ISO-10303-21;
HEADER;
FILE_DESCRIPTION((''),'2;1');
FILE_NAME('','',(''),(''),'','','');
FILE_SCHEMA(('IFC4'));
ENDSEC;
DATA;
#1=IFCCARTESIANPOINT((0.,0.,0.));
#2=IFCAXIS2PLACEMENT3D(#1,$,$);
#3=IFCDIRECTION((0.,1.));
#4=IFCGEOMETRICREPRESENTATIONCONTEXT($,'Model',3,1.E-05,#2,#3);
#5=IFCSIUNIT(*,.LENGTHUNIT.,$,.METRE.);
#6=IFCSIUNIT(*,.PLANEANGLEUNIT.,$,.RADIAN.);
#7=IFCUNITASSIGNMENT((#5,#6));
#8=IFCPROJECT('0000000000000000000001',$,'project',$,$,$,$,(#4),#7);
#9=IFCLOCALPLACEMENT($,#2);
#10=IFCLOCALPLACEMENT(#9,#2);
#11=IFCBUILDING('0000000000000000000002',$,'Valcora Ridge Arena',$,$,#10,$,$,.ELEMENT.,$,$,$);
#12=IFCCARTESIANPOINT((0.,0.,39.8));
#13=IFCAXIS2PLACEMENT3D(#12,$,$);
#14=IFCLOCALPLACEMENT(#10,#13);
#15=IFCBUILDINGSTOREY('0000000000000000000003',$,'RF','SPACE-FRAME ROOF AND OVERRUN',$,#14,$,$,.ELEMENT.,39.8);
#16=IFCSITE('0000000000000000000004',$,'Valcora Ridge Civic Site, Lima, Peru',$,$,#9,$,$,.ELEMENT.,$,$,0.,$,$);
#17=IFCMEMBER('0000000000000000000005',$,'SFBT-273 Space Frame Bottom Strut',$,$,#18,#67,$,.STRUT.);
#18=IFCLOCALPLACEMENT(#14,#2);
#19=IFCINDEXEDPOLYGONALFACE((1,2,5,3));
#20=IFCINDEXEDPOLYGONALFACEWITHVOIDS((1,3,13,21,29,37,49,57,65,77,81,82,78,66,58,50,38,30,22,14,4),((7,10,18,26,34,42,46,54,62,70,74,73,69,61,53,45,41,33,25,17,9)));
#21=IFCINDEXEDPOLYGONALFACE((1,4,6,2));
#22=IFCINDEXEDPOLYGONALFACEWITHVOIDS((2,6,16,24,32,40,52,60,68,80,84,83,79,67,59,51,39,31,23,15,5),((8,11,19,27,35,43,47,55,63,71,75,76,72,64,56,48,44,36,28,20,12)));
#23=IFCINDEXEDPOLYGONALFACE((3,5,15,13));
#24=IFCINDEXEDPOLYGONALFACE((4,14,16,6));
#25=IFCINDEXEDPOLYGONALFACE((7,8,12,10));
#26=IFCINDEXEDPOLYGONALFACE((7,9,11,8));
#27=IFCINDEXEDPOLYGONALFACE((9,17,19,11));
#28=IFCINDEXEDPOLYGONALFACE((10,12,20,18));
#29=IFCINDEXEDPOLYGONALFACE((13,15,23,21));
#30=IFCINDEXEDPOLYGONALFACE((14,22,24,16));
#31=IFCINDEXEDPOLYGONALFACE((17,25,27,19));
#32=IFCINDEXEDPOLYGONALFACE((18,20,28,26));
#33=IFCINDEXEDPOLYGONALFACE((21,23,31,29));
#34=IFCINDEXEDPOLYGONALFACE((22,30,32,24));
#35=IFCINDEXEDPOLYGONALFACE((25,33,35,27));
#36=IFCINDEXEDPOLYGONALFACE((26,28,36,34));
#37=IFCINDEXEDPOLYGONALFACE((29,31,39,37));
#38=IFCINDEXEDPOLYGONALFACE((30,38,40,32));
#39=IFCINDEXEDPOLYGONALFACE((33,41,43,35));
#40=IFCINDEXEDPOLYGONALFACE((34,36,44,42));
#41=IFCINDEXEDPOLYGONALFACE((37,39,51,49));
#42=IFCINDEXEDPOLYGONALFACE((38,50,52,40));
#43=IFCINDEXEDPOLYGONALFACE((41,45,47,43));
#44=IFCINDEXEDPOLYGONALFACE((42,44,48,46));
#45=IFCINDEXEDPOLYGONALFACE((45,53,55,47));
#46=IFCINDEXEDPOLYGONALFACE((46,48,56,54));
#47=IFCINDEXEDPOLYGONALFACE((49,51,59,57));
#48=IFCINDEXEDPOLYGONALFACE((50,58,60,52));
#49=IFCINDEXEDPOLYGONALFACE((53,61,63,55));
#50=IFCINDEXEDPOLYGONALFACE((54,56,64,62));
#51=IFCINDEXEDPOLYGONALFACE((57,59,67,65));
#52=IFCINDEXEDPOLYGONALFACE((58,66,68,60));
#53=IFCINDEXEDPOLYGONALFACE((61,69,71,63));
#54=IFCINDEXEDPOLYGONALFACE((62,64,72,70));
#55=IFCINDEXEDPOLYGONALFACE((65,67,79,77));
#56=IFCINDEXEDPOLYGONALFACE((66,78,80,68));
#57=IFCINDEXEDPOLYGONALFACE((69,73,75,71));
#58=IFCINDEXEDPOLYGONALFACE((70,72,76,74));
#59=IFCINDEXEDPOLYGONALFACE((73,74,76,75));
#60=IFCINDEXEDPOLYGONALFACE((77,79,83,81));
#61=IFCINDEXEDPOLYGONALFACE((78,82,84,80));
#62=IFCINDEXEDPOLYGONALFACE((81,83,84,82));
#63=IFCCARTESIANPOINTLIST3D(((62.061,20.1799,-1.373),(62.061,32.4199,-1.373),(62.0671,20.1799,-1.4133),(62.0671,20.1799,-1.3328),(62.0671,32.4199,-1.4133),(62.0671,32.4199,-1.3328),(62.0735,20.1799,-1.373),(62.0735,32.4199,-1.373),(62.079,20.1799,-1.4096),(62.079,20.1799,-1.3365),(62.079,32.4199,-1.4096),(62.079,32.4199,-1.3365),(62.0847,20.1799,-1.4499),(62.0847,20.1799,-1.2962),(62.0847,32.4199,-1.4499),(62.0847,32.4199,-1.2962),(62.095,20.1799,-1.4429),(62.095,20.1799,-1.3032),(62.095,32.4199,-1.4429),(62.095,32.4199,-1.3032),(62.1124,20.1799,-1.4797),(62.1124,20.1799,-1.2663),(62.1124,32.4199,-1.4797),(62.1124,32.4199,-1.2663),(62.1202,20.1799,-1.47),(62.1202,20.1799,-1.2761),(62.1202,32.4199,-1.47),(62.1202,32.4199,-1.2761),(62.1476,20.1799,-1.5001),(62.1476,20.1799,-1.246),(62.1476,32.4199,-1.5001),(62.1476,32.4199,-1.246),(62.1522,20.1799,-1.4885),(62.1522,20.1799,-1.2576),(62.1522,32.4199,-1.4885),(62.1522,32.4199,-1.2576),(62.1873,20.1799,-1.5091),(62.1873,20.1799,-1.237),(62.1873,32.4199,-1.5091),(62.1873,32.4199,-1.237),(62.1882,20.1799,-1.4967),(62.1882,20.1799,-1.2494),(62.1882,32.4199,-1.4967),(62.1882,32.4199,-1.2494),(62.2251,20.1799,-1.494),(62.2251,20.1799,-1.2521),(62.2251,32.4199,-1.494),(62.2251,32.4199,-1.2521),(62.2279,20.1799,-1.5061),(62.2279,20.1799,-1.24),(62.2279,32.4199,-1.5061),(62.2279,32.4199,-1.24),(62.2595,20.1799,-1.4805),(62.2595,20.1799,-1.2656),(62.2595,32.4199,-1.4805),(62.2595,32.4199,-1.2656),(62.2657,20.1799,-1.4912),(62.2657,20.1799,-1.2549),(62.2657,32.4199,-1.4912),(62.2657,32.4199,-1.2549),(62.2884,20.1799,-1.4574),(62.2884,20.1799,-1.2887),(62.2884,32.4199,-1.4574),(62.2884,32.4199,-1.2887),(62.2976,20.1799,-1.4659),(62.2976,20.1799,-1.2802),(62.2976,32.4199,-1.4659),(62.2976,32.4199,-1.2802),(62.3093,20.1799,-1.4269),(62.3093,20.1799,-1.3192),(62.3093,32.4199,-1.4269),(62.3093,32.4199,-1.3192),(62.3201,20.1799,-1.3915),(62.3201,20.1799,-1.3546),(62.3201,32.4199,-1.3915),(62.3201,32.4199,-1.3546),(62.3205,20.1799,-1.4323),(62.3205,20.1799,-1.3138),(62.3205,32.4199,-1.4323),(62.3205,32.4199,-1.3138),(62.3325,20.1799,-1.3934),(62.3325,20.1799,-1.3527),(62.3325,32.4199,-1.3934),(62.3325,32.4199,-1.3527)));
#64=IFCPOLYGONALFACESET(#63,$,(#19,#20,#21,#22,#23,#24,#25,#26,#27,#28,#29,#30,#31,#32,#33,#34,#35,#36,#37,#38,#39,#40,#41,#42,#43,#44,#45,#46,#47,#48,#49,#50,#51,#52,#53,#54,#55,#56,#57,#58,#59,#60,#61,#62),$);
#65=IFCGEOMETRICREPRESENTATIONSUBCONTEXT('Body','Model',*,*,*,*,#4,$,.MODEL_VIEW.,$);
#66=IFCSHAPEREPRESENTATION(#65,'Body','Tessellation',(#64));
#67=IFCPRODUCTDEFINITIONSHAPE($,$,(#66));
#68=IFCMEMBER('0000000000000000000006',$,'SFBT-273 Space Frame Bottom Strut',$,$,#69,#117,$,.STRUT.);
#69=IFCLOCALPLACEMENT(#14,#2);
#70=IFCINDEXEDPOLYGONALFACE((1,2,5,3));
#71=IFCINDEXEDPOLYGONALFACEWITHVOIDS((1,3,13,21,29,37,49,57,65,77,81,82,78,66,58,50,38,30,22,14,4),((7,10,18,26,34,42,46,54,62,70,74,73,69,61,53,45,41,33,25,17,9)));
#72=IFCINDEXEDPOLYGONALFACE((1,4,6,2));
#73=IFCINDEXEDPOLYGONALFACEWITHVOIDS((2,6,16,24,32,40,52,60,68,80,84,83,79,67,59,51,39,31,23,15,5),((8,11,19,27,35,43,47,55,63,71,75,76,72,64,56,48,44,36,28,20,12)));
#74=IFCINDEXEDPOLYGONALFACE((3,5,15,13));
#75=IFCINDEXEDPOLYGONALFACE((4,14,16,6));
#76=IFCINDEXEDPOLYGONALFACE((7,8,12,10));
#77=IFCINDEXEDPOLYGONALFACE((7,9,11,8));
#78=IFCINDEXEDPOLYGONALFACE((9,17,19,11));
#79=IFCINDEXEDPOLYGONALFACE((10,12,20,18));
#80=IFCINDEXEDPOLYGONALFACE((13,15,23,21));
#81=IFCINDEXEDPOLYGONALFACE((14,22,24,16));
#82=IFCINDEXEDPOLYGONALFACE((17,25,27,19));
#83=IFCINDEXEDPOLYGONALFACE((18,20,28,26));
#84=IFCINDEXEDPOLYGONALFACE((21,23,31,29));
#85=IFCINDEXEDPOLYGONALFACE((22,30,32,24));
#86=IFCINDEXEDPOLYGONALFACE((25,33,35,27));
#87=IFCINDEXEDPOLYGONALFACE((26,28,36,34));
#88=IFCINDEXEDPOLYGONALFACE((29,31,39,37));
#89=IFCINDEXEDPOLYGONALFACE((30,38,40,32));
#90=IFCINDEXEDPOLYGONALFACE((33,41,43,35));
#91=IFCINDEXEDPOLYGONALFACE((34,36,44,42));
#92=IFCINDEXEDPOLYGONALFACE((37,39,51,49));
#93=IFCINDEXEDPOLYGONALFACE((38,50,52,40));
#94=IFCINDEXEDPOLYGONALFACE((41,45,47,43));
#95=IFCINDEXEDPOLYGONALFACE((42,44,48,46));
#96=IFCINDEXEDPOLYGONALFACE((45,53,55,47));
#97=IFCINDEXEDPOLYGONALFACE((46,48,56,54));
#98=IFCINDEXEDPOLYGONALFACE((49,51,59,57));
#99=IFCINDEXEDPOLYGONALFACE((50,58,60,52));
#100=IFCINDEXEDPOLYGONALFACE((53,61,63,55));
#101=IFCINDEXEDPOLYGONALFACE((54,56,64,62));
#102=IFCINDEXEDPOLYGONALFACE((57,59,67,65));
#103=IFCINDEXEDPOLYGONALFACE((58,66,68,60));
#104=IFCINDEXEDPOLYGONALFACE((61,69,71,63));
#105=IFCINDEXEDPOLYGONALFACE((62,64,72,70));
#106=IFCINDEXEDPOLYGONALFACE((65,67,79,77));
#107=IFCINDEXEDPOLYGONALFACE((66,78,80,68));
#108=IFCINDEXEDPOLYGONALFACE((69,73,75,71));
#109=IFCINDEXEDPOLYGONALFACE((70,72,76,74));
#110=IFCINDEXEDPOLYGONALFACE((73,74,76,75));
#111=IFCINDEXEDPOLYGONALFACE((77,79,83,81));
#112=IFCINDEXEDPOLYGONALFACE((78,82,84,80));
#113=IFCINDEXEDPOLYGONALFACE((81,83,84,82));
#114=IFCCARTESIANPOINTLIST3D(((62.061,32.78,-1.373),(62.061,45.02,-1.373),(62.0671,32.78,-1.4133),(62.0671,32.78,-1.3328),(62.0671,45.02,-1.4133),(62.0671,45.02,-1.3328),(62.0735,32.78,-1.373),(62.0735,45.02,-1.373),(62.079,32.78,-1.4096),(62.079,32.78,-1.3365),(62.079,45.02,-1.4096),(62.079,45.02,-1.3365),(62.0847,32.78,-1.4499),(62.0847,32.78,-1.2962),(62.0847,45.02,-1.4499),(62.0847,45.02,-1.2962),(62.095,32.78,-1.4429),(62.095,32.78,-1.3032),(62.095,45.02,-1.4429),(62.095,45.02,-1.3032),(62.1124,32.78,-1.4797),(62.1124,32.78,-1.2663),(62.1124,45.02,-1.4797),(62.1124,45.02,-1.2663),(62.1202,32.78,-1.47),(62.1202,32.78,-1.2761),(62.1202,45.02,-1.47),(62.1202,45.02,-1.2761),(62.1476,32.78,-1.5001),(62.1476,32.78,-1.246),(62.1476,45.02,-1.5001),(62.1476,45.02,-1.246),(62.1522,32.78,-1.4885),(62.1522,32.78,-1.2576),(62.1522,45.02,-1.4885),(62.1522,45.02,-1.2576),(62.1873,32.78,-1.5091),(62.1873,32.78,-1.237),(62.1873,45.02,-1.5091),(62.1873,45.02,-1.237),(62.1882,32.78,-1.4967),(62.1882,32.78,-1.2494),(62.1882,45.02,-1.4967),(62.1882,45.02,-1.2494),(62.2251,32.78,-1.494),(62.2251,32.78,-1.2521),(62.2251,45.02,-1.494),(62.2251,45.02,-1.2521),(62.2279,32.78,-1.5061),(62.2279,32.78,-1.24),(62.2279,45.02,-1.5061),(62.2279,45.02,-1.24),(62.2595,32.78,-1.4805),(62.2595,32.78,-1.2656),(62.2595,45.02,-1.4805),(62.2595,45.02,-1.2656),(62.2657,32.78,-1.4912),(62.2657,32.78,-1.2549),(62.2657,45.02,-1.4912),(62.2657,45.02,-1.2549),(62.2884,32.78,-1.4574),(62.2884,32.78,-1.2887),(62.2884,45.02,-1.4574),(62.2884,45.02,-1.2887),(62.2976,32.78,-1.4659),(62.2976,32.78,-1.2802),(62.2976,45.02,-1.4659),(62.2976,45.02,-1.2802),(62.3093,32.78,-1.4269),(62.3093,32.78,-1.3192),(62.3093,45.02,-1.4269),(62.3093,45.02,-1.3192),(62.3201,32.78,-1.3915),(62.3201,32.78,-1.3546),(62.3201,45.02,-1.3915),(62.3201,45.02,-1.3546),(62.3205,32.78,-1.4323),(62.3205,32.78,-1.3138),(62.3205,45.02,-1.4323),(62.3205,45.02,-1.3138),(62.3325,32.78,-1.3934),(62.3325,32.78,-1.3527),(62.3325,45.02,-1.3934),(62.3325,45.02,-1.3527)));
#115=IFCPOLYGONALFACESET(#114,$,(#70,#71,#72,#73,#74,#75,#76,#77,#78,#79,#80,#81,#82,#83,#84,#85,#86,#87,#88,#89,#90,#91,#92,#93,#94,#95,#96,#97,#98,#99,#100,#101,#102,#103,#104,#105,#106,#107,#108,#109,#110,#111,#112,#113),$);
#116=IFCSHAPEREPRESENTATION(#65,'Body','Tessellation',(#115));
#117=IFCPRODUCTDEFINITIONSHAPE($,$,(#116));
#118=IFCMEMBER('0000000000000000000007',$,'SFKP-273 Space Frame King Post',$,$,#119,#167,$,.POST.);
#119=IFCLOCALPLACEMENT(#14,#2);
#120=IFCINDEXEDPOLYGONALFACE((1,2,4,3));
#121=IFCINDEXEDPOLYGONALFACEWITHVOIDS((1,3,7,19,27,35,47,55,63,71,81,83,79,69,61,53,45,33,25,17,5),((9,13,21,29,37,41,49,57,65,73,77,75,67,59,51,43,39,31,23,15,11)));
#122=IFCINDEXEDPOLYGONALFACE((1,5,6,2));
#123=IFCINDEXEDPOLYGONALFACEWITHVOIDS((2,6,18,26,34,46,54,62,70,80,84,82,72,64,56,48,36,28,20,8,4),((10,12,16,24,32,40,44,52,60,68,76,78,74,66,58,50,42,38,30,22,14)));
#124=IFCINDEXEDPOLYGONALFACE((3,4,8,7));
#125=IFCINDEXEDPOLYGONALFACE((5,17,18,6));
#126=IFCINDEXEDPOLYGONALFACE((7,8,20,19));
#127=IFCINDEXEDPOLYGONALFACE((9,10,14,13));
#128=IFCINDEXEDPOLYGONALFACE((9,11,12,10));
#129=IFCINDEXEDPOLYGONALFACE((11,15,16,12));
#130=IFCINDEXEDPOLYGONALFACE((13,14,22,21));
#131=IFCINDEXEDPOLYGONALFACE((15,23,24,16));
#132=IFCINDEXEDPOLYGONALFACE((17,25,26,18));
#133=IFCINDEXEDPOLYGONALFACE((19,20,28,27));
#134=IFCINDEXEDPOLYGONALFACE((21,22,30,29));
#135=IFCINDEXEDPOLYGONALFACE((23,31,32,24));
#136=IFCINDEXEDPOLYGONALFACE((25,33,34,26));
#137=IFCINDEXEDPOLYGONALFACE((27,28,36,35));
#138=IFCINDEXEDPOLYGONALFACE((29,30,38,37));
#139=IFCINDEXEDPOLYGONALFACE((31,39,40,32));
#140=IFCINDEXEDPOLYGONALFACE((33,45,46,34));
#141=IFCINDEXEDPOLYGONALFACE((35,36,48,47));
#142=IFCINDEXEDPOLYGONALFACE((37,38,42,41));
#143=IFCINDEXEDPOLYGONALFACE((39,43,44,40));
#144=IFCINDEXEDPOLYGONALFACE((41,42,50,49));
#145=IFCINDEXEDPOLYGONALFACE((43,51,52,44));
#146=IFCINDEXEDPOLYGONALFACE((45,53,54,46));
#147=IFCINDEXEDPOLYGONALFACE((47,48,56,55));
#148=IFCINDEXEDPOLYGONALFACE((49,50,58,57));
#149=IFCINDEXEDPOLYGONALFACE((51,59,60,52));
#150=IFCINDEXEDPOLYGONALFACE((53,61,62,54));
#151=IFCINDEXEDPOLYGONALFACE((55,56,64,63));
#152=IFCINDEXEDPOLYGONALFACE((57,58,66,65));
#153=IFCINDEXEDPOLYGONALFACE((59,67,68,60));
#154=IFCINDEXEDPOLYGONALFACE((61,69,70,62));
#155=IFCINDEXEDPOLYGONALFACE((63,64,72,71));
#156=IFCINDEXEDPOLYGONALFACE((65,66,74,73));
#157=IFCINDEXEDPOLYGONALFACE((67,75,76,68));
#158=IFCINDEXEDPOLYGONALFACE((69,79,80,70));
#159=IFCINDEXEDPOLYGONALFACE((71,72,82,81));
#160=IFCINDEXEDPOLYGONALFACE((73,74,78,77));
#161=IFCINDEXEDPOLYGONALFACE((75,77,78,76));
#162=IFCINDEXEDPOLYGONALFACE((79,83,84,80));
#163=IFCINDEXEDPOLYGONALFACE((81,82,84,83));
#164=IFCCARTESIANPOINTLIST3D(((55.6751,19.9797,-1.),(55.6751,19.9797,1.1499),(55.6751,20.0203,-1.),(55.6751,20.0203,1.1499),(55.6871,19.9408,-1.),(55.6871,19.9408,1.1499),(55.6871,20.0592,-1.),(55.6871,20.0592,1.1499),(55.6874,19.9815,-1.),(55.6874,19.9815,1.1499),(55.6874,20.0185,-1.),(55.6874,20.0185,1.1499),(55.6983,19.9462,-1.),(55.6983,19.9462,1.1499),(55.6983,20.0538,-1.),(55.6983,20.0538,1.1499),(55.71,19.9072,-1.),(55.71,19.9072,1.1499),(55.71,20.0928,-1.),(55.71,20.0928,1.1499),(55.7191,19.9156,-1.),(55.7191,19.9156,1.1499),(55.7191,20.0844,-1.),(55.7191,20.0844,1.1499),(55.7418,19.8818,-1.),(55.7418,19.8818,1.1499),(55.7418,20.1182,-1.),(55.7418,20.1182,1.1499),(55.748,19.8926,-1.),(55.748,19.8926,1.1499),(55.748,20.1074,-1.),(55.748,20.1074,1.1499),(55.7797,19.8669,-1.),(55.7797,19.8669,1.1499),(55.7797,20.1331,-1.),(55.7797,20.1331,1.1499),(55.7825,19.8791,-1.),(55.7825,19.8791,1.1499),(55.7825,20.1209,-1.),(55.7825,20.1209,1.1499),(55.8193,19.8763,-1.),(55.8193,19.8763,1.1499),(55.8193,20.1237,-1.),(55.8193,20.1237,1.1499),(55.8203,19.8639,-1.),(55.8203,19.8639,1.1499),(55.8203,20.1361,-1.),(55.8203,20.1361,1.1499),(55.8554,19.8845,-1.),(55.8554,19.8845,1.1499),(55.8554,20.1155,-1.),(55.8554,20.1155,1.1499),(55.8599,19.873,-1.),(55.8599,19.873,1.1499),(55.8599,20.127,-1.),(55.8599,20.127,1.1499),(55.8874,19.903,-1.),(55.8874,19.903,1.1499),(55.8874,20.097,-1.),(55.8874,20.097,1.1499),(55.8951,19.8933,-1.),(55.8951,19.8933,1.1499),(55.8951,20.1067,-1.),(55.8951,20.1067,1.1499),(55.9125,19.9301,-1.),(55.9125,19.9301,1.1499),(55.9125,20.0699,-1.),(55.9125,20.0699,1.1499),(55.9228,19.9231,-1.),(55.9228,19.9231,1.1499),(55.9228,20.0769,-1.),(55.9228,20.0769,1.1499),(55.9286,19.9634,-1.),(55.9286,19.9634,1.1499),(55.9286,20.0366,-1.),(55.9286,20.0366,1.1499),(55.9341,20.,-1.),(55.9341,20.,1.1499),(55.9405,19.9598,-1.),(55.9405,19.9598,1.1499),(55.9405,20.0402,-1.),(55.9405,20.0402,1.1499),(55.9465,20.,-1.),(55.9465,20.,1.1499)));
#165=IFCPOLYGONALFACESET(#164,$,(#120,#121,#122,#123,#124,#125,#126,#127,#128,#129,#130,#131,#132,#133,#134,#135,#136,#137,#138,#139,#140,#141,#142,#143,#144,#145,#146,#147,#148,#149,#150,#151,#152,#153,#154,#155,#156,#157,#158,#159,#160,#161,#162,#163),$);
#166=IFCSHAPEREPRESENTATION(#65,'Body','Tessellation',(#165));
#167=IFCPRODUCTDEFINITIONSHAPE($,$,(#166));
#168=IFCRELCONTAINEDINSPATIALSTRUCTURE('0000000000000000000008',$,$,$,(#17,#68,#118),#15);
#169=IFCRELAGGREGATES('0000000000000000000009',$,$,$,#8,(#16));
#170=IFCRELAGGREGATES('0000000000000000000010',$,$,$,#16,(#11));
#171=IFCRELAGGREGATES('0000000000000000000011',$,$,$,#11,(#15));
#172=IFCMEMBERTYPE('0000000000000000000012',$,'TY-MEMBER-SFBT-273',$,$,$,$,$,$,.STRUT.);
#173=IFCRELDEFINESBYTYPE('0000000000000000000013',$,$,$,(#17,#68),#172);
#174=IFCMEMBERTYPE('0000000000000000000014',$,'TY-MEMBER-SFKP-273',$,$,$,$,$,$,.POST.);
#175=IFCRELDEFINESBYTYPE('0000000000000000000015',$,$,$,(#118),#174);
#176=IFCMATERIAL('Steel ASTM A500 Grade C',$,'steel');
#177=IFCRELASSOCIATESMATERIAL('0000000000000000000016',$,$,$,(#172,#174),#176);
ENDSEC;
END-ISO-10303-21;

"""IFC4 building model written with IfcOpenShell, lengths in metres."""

from ifc_helpers import new_model, si_unit, direction, frame, origin, origin_2d, place, context, subcontext, project, spatial, hollow_circle, extrude, material, material_profile, profile_set, type_object, element, save


model = new_model("IFC4")

# Units and contexts
model_context = context("Model", 3, precision=1e-05, world=origin(), true_north=direction((0.0, 1.0)))
body_context = subcontext(model_context, "Body", "Model", "MODEL_VIEW")
ifc_project = project(units=[si_unit("LENGTHUNIT", "METRE"), si_unit("PLANEANGLEUNIT", "RADIAN")], contexts=[model_context])

# Site, building, storey
site_placement = place(None, origin())
site = spatial("IfcSite", under=ifc_project, at=site_placement, Name="Valcora Ridge Civic Site, Lima, Peru", CompositionType="ELEMENT", RefElevation=0.0)
building_placement = place(site_placement, origin())
building = spatial("IfcBuilding", under=site, at=building_placement, Name="Valcora Ridge Arena", CompositionType="ELEMENT")
storey_placement = place(building_placement, frame((0.0, 0.0, 39.8)))
storey = spatial("IfcBuildingStorey", under=building, at=storey_placement, Name="RF", Description="SPACE-FRAME ROOF AND OVERRUN", CompositionType="ELEMENT", Elevation=39.8)

# Members
ifc_material_1 = material(Name="Steel ASTM A500 Grade C", Category="steel")
ifc_material_profile_1 = material_profile(ifc_material_1, hollow_circle(Radius=0.1365, WallThickness=0.0125, at=origin_2d()), Name="CHS273X12")
ifc_profile_set_1 = profile_set([ifc_material_profile_1], Name="Steel ASTM A500 Grade C")
member_type_1 = type_object("IfcMemberType", Name="TY-MEMBER-SFBT-273", PredefinedType="STRUT", material=ifc_profile_set_1)
for number, where, z_axis, x_axis, name in (
    (1, (62.1975, 20.1799, -1.373), (0.0, 1.0, 0.0), (-1.0, 0.0, 0.0), "SFBT-273 Space Frame Bottom Strut"),
    (2, (62.1975, 32.78, -1.373), (0.0, 1.0, 0.0), (-1.0, 0.0, 0.0), "SFBT-273 Space Frame Bottom Strut"),
):
    element("IfcMember", number, at=place(storey_placement, frame(where, z_axis=z_axis, x_axis=x_axis)), inside=storey, type_object=member_type_1, Name=name, PredefinedType="STRUT", context=body_context, shape_type="SweptSolid", body=[
        extrude(hollow_circle(Radius=0.1365, WallThickness=0.0125, at=origin_2d()), origin(), (0.0, 0.0, 1.0), 12.24),
    ])
ifc_material_profile_2 = material_profile(ifc_material_1, hollow_circle(Radius=0.1365, WallThickness=0.0125, at=origin_2d()), Name="CHS273X12")
ifc_profile_set_2 = profile_set([ifc_material_profile_2], Name="Steel ASTM A500 Grade C")
member_type_2 = type_object("IfcMemberType", Name="TY-MEMBER-SFKP-273", PredefinedType="POST", material=ifc_profile_set_2)
member_1_placement = place(storey_placement, frame((55.8101, 20.0, -1.0), z_axis=(0.0, 0.0, 1.0), x_axis=(1.0, 0.0, 0.0)))
element("IfcMember", 3, at=member_1_placement, inside=storey, type_object=member_type_2, Name="SFKP-273 Space Frame King Post", PredefinedType="POST", context=body_context, shape_type="SweptSolid", body=[
    extrude(hollow_circle(Radius=0.1365, WallThickness=0.0125, at=origin_2d()), origin(), (0.0, 0.0, 1.0), 2.1499),
])

save(model, "model.ifc")
